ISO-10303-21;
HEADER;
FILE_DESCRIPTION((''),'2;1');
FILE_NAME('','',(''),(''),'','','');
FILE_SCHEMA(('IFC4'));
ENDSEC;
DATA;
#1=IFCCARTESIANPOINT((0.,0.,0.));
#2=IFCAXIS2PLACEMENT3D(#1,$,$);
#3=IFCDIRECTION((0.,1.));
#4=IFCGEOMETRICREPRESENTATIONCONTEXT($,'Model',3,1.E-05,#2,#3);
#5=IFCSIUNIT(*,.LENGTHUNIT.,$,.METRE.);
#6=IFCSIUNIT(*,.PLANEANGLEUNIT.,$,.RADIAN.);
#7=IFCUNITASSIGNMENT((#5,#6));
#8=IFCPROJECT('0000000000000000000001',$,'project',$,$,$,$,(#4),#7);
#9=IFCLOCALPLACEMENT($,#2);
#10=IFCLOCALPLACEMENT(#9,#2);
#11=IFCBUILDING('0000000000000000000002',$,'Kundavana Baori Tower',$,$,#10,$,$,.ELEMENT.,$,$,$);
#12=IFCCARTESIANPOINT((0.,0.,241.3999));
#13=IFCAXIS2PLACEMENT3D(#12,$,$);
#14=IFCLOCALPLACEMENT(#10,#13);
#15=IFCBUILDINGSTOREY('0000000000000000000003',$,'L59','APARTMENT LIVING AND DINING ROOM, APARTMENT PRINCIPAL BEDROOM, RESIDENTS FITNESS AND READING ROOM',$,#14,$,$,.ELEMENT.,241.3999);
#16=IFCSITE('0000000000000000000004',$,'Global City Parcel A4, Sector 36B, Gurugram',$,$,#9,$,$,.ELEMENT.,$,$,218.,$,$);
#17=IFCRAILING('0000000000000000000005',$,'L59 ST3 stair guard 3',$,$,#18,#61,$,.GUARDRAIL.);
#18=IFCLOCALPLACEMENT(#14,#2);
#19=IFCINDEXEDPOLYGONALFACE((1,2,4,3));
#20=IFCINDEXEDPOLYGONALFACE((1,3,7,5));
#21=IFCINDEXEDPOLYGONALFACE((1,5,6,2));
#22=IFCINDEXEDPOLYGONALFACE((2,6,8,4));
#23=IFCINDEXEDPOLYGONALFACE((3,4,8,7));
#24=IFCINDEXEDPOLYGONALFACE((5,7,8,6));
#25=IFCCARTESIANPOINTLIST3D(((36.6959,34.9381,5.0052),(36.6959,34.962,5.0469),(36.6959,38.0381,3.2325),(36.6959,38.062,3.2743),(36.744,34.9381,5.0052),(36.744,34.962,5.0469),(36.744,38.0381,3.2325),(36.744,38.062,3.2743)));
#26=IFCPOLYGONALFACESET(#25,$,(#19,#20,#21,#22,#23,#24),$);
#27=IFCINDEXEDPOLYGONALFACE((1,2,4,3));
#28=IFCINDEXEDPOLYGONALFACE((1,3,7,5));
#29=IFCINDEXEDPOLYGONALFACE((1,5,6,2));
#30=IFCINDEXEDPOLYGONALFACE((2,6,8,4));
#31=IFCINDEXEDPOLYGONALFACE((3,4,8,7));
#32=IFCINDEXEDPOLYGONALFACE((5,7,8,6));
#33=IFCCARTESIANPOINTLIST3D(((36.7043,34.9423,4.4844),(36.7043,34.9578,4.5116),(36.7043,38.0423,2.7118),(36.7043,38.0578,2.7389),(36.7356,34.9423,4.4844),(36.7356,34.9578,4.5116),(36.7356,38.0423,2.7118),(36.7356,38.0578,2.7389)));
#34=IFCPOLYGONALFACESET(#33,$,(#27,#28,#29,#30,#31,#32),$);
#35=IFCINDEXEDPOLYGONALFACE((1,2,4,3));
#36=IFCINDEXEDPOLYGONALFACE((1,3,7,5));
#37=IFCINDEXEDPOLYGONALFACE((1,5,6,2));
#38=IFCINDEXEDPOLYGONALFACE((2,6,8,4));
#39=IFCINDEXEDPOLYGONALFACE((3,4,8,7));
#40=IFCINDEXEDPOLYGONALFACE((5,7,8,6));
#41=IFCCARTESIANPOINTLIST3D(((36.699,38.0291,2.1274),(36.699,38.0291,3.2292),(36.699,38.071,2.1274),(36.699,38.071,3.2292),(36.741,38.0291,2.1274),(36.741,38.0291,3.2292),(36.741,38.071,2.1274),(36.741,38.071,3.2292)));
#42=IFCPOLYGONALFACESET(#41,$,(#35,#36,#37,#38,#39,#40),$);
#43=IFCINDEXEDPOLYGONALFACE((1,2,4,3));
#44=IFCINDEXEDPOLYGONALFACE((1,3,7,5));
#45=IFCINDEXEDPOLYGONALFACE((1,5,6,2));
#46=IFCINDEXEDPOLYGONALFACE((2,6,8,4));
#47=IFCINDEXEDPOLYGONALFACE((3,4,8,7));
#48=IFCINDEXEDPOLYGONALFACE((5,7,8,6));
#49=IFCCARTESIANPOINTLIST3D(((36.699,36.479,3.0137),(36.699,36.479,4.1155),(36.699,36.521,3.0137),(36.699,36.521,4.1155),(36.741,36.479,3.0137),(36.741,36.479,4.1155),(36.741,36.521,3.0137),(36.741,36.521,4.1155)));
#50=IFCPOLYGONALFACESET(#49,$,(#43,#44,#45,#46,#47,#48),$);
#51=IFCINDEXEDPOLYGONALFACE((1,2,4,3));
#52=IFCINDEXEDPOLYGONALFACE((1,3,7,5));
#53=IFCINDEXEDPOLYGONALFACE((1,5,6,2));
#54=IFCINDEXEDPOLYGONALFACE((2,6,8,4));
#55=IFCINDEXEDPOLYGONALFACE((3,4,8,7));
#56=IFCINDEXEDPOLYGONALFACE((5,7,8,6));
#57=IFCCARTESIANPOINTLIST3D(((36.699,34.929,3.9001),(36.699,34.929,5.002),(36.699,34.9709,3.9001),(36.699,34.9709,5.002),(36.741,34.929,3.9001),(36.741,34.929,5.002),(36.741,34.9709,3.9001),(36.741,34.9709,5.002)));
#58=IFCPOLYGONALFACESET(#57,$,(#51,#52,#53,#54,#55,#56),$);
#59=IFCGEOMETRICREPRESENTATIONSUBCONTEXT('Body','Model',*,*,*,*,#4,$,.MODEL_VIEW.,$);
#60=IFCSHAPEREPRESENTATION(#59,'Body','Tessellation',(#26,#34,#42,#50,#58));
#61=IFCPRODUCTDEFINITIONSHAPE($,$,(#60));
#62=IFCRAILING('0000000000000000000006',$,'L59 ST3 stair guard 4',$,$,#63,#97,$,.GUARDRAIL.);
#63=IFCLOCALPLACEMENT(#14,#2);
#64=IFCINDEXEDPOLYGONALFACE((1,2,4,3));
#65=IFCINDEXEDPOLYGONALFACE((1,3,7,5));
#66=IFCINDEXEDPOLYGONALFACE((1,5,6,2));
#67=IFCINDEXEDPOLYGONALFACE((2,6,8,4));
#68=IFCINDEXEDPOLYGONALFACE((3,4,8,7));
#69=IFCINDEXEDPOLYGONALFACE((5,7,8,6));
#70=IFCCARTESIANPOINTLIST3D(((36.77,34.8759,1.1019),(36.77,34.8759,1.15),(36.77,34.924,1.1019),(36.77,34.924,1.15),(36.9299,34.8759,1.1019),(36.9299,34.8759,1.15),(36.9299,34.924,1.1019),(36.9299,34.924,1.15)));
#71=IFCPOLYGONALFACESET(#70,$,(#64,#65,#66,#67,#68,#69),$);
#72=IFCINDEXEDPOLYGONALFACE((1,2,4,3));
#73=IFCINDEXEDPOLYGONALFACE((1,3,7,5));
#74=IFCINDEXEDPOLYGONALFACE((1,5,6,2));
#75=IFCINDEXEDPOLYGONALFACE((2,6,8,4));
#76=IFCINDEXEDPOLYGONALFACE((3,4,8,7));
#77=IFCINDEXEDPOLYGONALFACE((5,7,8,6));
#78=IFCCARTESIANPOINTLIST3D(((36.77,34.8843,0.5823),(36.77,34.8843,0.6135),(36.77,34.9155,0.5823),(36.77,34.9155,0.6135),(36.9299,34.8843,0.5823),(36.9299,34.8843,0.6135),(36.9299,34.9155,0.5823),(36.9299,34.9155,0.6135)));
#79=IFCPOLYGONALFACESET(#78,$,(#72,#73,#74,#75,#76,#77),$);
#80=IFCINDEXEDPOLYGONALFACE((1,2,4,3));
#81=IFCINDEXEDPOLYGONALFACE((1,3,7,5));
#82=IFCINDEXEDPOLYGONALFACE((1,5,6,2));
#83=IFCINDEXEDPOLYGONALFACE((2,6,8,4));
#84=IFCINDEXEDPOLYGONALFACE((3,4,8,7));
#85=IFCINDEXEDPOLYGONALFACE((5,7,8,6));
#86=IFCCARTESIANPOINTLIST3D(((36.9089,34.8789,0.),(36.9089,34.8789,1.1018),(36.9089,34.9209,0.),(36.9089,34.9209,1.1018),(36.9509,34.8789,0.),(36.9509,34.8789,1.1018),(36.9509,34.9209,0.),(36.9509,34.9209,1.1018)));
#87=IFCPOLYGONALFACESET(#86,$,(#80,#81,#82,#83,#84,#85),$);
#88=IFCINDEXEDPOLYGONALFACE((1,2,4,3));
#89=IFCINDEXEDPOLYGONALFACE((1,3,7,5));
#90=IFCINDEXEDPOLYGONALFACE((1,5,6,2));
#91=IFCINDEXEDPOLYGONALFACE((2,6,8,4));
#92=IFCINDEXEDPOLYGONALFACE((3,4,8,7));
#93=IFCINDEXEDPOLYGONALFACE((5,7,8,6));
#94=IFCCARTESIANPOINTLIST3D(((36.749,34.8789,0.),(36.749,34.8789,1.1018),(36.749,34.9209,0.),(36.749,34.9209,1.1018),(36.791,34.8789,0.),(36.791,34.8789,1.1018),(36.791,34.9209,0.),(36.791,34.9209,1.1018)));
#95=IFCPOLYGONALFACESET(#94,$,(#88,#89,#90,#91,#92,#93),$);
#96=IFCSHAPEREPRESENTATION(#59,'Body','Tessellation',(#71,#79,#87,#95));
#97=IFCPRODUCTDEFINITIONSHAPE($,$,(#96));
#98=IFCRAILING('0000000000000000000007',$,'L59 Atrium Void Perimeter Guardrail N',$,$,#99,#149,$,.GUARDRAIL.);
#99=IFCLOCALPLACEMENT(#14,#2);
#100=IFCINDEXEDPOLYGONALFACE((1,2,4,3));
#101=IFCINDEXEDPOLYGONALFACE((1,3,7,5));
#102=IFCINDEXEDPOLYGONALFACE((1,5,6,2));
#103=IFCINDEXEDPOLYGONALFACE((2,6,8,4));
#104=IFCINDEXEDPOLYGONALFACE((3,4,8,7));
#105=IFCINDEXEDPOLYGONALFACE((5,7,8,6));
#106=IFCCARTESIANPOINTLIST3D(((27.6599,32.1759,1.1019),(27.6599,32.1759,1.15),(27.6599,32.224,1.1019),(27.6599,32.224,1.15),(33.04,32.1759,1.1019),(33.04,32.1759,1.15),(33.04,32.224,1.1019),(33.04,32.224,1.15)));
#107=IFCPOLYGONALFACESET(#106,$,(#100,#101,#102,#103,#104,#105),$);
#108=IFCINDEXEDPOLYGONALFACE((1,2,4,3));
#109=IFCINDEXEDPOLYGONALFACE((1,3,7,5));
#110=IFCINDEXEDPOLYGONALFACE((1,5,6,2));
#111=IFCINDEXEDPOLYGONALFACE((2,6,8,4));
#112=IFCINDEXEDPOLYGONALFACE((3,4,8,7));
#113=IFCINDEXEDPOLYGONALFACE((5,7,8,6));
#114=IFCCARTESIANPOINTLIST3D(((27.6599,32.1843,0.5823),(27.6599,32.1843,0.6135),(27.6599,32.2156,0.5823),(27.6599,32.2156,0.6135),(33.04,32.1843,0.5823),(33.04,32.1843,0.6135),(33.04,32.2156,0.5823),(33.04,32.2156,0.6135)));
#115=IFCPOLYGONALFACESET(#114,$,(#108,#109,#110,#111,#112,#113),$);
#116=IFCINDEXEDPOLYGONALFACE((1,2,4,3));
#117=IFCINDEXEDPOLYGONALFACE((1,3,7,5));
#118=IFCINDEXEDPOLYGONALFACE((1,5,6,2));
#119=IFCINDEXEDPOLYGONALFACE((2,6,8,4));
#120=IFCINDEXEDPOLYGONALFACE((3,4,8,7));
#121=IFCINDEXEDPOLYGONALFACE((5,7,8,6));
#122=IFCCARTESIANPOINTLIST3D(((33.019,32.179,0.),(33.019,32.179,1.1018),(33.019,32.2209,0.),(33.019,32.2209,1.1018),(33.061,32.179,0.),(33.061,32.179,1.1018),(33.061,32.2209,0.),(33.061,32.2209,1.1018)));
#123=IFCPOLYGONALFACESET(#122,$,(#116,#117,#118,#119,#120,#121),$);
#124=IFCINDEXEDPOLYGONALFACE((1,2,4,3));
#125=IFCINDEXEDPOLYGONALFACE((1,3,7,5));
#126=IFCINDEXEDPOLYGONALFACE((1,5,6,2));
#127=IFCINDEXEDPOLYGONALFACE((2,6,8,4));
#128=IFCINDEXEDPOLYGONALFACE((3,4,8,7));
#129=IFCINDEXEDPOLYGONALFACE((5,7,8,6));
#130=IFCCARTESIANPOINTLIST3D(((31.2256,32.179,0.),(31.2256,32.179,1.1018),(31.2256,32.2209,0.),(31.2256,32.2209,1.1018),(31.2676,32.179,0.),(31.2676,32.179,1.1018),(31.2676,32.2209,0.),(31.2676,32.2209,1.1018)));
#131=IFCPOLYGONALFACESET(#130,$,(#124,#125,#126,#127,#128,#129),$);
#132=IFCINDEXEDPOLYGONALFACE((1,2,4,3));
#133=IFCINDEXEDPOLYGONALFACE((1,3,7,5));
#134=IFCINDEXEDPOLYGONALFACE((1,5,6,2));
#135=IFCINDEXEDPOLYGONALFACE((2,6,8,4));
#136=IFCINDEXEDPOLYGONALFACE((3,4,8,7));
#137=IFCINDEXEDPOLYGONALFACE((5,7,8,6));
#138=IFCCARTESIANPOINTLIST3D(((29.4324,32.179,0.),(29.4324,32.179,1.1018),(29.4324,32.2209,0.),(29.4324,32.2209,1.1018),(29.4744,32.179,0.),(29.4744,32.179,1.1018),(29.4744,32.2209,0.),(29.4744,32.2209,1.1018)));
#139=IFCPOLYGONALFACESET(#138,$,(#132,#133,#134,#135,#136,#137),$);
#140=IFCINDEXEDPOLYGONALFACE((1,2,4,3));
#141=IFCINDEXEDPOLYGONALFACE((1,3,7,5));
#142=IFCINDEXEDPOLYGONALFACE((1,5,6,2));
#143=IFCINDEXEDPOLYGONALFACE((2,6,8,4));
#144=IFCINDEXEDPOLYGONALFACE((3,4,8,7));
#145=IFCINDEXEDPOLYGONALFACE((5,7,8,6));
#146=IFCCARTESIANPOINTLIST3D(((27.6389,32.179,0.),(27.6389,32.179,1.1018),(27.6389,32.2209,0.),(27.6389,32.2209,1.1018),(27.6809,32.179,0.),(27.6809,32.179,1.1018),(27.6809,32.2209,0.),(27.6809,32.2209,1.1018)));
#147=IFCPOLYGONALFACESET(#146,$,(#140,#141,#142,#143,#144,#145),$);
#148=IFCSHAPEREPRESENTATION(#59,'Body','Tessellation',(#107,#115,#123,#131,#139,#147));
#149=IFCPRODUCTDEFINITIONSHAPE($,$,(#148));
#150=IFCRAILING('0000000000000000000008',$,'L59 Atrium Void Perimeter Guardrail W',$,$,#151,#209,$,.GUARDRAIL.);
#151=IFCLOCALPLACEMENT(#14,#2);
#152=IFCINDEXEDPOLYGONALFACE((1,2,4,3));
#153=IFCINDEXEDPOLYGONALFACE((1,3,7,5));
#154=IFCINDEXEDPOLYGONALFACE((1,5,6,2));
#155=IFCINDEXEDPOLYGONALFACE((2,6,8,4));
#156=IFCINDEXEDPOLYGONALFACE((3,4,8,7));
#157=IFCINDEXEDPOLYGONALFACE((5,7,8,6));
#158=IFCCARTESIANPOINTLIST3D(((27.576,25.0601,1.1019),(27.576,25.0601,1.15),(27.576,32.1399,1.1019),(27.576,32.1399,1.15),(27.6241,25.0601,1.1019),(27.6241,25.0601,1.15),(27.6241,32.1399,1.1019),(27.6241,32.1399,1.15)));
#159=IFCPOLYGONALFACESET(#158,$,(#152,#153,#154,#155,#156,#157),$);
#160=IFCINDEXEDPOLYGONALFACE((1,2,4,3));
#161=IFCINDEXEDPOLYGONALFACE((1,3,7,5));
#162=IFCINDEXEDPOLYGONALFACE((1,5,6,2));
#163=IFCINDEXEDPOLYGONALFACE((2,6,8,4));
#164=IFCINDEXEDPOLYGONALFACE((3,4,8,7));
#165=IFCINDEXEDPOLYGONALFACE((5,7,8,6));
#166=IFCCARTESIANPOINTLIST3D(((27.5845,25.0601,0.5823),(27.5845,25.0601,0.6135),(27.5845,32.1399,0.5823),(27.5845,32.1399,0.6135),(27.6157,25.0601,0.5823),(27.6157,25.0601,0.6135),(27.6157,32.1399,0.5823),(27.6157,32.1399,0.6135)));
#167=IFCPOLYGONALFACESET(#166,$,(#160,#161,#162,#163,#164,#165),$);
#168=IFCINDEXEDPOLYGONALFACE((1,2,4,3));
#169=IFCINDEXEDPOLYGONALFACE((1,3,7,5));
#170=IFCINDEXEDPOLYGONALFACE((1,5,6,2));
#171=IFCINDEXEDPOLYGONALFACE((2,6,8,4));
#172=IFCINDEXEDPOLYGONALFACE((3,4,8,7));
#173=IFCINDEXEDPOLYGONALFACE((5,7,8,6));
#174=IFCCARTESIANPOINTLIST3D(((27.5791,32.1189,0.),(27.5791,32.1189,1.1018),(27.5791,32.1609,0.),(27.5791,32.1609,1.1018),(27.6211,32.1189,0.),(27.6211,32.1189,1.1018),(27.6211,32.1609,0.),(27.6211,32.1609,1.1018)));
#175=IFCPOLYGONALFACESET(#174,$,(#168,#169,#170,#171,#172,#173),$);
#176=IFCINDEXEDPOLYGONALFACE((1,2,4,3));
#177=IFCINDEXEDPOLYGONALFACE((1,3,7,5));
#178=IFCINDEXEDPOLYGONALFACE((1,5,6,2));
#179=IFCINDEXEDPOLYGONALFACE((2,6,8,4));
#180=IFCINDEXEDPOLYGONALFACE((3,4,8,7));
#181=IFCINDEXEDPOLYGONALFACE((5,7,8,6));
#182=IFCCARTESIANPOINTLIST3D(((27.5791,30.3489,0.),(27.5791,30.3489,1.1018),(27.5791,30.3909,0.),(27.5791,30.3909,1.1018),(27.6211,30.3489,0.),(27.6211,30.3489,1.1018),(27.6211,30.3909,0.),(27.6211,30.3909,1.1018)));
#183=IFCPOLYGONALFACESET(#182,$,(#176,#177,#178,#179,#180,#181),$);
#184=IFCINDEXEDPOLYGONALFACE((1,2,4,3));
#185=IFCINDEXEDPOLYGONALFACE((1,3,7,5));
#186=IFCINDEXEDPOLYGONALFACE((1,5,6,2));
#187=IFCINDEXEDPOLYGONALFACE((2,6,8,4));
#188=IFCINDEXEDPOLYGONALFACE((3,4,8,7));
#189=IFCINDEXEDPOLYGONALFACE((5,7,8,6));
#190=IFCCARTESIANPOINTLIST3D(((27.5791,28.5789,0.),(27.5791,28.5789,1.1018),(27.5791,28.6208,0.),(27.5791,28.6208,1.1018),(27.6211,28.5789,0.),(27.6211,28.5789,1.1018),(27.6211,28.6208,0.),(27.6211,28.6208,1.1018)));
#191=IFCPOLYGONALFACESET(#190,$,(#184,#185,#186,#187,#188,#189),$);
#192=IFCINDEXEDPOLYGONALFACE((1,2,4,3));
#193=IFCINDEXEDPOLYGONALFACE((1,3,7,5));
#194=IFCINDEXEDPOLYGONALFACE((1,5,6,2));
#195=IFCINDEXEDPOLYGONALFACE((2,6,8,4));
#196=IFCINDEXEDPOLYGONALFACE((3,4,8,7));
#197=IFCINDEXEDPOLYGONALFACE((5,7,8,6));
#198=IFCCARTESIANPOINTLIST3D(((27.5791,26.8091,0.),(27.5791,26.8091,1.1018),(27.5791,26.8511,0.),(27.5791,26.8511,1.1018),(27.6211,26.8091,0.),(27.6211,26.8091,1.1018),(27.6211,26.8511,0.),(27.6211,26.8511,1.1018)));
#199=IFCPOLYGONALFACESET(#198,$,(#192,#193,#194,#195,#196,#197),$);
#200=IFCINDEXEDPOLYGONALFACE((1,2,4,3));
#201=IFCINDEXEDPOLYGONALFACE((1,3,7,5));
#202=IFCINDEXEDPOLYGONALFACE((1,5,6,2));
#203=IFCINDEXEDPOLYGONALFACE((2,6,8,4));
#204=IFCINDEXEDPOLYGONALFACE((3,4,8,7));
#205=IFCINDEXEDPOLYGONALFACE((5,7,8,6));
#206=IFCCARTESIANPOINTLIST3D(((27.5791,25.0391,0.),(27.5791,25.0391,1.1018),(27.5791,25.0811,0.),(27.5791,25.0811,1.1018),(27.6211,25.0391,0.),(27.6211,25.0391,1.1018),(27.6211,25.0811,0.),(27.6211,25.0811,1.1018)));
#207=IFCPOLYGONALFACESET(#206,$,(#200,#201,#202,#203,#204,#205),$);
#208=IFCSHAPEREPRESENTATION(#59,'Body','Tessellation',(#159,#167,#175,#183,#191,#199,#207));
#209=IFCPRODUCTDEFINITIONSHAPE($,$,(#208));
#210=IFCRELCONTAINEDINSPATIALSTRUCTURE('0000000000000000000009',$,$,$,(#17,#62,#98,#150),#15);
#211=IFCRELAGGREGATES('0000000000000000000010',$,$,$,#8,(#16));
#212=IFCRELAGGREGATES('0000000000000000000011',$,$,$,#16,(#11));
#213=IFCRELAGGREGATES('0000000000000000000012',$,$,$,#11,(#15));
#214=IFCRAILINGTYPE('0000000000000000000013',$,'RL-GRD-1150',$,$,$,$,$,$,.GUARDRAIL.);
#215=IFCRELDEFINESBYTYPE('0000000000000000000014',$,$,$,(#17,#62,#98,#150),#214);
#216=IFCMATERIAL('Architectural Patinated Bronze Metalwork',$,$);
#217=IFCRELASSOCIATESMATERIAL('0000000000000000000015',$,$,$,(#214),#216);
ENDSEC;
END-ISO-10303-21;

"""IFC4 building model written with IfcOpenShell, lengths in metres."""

from ifc_helpers import new_model, si_unit, direction, frame, origin, origin_2d, place, context, subcontext, project, spatial, rectangle, extrude, material, type_object, element, save


model = new_model("IFC4")

# Units and contexts
model_context = context("Model", 3, precision=1e-05, world=origin(), true_north=direction((0.0, 1.0)))
body_context = subcontext(model_context, "Body", "Model", "MODEL_VIEW")
ifc_project = project(units=[si_unit("LENGTHUNIT", "METRE"), si_unit("PLANEANGLEUNIT", "RADIAN")], contexts=[model_context])

# Site, building, storey
site_placement = place(None, origin())
site = spatial("IfcSite", under=ifc_project, at=site_placement, Name="Global City Parcel A4, Sector 36B, Gurugram", CompositionType="ELEMENT", RefElevation=218.0)
building_placement = place(site_placement, origin())
building = spatial("IfcBuilding", under=site, at=building_placement, Name="Kundavana Baori Tower", CompositionType="ELEMENT")
storey_placement = place(building_placement, frame((0.0, 0.0, 241.3999)))
storey = spatial("IfcBuildingStorey", under=building, at=storey_placement, Name="L59", Description="APARTMENT LIVING AND DINING ROOM, APARTMENT PRINCIPAL BEDROOM, RESIDENTS FITNESS AND READING ROOM", CompositionType="ELEMENT", Elevation=241.3999)

# Railings
ifc_material_1 = material(Name="Architectural Patinated Bronze Metalwork")
railing_type_1 = type_object("IfcRailingType", Name="RL-GRD-1150", PredefinedType="GUARDRAIL", material=ifc_material_1)
railing_1_placement = place(storey_placement, frame((36.72, 38.05, 2.1274)))
element("IfcRailing", 1, at=railing_1_placement, inside=storey, type_object=railing_type_1, Name="L59 ST3 stair guard 3", PredefinedType="GUARDRAIL", context=body_context, shape_type="SweptSolid", body=[
    extrude(rectangle(XDim=0.0481, YDim=0.0481, at=origin_2d()), frame((0.0, 0.0, 1.126), z_axis=(0.0, -0.868096, 0.496397), x_axis=(1.0, 0.0, 0.0)), (0.0, 0.0, 1.0), 3.571),
    extrude(rectangle(XDim=0.0312, YDim=0.0312, at=origin_2d()), frame((0.0, 0.0, 0.5979), z_axis=(0.0, -0.868096, 0.496397), x_axis=(1.0, 0.0, 0.0)), (0.0, 0.0, 1.0), 3.571),
    extrude(rectangle(XDim=0.042, YDim=0.042, at=origin_2d()), origin(), (0.0, 0.0, 1.0), 1.1018),
    extrude(rectangle(XDim=0.042, YDim=0.042, at=origin_2d()), frame((0.0, -1.55, 0.8862)), (0.0, 0.0, 1.0), 1.1018),
    extrude(rectangle(XDim=0.042, YDim=0.042, at=origin_2d()), frame((0.0, -3.1001, 1.7727)), (0.0, 0.0, 1.0), 1.1018),
])
railing_2_placement = place(storey_placement, frame((36.9299, 34.8999, 0.0)))
element("IfcRailing", 2, at=railing_2_placement, inside=storey, type_object=railing_type_1, Name="L59 ST3 stair guard 4", PredefinedType="GUARDRAIL", context=body_context, shape_type="SweptSolid", body=[
    extrude(rectangle(XDim=0.0481, YDim=0.0481, at=origin_2d()), frame((0.0, 0.0, 1.126), z_axis=(-1.0, 0.0, 0.0), x_axis=(0.0, -1.0, 0.0)), (0.0, 0.0, 1.0), 0.1599),
    extrude(rectangle(XDim=0.0312, YDim=0.0312, at=origin_2d()), frame((0.0, 0.0, 0.5979), z_axis=(-1.0, 0.0, 0.0), x_axis=(0.0, -1.0, 0.0)), (0.0, 0.0, 1.0), 0.1599),
    extrude(rectangle(XDim=0.042, YDim=0.042, at=origin_2d()), origin(), (0.0, 0.0, 1.0), 1.1018),
    extrude(rectangle(XDim=0.042, YDim=0.042, at=origin_2d()), frame((-0.1599, 0.0, 0.0)), (0.0, 0.0, 1.0), 1.1018),
])
railing_3_placement = place(storey_placement, frame((33.04, 32.2, 0.0)))
element("IfcRailing", 3, at=railing_3_placement, inside=storey, type_object=railing_type_1, Name="L59 Atrium Void Perimeter Guardrail N", PredefinedType="GUARDRAIL", context=body_context, shape_type="SweptSolid", body=[
    extrude(rectangle(XDim=0.0481, YDim=0.0481, at=origin_2d()), frame((0.0, 0.0, 1.126), z_axis=(-1.0, 0.0, 0.0), x_axis=(0.0, -1.0, 0.0)), (0.0, 0.0, 1.0), 5.3801),
    extrude(rectangle(XDim=0.0312, YDim=0.0312, at=origin_2d()), frame((0.0, 0.0, 0.5979), z_axis=(-1.0, 0.0, 0.0), x_axis=(0.0, -1.0, 0.0)), (0.0, 0.0, 1.0), 5.3801),
    extrude(rectangle(XDim=0.042, YDim=0.042, at=origin_2d()), origin(), (0.0, 0.0, 1.0), 1.1018),
    extrude(rectangle(XDim=0.042, YDim=0.042, at=origin_2d()), frame((-1.7935, 0.0, 0.0)), (0.0, 0.0, 1.0), 1.1018),
    extrude(rectangle(XDim=0.042, YDim=0.042, at=origin_2d()), frame((-3.5867, 0.0, 0.0)), (0.0, 0.0, 1.0), 1.1018),
    extrude(rectangle(XDim=0.042, YDim=0.042, at=origin_2d()), frame((-5.3801, 0.0, 0.0)), (0.0, 0.0, 1.0), 1.1018),
])
railing_4_placement = place(storey_placement, frame((27.6001, 32.1399, 0.0)))
element("IfcRailing", 4, at=railing_4_placement, inside=storey, type_object=railing_type_1, Name="L59 Atrium Void Perimeter Guardrail W", PredefinedType="GUARDRAIL", context=body_context, shape_type="SweptSolid", body=[
    extrude(rectangle(XDim=0.0481, YDim=0.0481, at=origin_2d()), frame((0.0, 0.0, 1.126), z_axis=(0.0, -1.0, 0.0), x_axis=(1.0, 0.0, 0.0)), (0.0, 0.0, 1.0), 7.0798),
    extrude(rectangle(XDim=0.0312, YDim=0.0312, at=origin_2d()), frame((0.0, 0.0, 0.5979), z_axis=(0.0, -1.0, 0.0), x_axis=(1.0, 0.0, 0.0)), (0.0, 0.0, 1.0), 7.0798),
    extrude(rectangle(XDim=0.042, YDim=0.042, at=origin_2d()), origin(), (0.0, 0.0, 1.0), 1.1018),
    extrude(rectangle(XDim=0.042, YDim=0.042, at=origin_2d()), frame((0.0, -1.77, 0.0)), (0.0, 0.0, 1.0), 1.1018),
    extrude(rectangle(XDim=0.042, YDim=0.042, at=origin_2d()), frame((0.0, -3.54, 0.0)), (0.0, 0.0, 1.0), 1.1018),
    extrude(rectangle(XDim=0.042, YDim=0.042, at=origin_2d()), frame((0.0, -5.3098, 0.0)), (0.0, 0.0, 1.0), 1.1018),
    extrude(rectangle(XDim=0.042, YDim=0.042, at=origin_2d()), frame((0.0, -7.0798, 0.0)), (0.0, 0.0, 1.0), 1.1018),
])

save(model, "model.ifc")
